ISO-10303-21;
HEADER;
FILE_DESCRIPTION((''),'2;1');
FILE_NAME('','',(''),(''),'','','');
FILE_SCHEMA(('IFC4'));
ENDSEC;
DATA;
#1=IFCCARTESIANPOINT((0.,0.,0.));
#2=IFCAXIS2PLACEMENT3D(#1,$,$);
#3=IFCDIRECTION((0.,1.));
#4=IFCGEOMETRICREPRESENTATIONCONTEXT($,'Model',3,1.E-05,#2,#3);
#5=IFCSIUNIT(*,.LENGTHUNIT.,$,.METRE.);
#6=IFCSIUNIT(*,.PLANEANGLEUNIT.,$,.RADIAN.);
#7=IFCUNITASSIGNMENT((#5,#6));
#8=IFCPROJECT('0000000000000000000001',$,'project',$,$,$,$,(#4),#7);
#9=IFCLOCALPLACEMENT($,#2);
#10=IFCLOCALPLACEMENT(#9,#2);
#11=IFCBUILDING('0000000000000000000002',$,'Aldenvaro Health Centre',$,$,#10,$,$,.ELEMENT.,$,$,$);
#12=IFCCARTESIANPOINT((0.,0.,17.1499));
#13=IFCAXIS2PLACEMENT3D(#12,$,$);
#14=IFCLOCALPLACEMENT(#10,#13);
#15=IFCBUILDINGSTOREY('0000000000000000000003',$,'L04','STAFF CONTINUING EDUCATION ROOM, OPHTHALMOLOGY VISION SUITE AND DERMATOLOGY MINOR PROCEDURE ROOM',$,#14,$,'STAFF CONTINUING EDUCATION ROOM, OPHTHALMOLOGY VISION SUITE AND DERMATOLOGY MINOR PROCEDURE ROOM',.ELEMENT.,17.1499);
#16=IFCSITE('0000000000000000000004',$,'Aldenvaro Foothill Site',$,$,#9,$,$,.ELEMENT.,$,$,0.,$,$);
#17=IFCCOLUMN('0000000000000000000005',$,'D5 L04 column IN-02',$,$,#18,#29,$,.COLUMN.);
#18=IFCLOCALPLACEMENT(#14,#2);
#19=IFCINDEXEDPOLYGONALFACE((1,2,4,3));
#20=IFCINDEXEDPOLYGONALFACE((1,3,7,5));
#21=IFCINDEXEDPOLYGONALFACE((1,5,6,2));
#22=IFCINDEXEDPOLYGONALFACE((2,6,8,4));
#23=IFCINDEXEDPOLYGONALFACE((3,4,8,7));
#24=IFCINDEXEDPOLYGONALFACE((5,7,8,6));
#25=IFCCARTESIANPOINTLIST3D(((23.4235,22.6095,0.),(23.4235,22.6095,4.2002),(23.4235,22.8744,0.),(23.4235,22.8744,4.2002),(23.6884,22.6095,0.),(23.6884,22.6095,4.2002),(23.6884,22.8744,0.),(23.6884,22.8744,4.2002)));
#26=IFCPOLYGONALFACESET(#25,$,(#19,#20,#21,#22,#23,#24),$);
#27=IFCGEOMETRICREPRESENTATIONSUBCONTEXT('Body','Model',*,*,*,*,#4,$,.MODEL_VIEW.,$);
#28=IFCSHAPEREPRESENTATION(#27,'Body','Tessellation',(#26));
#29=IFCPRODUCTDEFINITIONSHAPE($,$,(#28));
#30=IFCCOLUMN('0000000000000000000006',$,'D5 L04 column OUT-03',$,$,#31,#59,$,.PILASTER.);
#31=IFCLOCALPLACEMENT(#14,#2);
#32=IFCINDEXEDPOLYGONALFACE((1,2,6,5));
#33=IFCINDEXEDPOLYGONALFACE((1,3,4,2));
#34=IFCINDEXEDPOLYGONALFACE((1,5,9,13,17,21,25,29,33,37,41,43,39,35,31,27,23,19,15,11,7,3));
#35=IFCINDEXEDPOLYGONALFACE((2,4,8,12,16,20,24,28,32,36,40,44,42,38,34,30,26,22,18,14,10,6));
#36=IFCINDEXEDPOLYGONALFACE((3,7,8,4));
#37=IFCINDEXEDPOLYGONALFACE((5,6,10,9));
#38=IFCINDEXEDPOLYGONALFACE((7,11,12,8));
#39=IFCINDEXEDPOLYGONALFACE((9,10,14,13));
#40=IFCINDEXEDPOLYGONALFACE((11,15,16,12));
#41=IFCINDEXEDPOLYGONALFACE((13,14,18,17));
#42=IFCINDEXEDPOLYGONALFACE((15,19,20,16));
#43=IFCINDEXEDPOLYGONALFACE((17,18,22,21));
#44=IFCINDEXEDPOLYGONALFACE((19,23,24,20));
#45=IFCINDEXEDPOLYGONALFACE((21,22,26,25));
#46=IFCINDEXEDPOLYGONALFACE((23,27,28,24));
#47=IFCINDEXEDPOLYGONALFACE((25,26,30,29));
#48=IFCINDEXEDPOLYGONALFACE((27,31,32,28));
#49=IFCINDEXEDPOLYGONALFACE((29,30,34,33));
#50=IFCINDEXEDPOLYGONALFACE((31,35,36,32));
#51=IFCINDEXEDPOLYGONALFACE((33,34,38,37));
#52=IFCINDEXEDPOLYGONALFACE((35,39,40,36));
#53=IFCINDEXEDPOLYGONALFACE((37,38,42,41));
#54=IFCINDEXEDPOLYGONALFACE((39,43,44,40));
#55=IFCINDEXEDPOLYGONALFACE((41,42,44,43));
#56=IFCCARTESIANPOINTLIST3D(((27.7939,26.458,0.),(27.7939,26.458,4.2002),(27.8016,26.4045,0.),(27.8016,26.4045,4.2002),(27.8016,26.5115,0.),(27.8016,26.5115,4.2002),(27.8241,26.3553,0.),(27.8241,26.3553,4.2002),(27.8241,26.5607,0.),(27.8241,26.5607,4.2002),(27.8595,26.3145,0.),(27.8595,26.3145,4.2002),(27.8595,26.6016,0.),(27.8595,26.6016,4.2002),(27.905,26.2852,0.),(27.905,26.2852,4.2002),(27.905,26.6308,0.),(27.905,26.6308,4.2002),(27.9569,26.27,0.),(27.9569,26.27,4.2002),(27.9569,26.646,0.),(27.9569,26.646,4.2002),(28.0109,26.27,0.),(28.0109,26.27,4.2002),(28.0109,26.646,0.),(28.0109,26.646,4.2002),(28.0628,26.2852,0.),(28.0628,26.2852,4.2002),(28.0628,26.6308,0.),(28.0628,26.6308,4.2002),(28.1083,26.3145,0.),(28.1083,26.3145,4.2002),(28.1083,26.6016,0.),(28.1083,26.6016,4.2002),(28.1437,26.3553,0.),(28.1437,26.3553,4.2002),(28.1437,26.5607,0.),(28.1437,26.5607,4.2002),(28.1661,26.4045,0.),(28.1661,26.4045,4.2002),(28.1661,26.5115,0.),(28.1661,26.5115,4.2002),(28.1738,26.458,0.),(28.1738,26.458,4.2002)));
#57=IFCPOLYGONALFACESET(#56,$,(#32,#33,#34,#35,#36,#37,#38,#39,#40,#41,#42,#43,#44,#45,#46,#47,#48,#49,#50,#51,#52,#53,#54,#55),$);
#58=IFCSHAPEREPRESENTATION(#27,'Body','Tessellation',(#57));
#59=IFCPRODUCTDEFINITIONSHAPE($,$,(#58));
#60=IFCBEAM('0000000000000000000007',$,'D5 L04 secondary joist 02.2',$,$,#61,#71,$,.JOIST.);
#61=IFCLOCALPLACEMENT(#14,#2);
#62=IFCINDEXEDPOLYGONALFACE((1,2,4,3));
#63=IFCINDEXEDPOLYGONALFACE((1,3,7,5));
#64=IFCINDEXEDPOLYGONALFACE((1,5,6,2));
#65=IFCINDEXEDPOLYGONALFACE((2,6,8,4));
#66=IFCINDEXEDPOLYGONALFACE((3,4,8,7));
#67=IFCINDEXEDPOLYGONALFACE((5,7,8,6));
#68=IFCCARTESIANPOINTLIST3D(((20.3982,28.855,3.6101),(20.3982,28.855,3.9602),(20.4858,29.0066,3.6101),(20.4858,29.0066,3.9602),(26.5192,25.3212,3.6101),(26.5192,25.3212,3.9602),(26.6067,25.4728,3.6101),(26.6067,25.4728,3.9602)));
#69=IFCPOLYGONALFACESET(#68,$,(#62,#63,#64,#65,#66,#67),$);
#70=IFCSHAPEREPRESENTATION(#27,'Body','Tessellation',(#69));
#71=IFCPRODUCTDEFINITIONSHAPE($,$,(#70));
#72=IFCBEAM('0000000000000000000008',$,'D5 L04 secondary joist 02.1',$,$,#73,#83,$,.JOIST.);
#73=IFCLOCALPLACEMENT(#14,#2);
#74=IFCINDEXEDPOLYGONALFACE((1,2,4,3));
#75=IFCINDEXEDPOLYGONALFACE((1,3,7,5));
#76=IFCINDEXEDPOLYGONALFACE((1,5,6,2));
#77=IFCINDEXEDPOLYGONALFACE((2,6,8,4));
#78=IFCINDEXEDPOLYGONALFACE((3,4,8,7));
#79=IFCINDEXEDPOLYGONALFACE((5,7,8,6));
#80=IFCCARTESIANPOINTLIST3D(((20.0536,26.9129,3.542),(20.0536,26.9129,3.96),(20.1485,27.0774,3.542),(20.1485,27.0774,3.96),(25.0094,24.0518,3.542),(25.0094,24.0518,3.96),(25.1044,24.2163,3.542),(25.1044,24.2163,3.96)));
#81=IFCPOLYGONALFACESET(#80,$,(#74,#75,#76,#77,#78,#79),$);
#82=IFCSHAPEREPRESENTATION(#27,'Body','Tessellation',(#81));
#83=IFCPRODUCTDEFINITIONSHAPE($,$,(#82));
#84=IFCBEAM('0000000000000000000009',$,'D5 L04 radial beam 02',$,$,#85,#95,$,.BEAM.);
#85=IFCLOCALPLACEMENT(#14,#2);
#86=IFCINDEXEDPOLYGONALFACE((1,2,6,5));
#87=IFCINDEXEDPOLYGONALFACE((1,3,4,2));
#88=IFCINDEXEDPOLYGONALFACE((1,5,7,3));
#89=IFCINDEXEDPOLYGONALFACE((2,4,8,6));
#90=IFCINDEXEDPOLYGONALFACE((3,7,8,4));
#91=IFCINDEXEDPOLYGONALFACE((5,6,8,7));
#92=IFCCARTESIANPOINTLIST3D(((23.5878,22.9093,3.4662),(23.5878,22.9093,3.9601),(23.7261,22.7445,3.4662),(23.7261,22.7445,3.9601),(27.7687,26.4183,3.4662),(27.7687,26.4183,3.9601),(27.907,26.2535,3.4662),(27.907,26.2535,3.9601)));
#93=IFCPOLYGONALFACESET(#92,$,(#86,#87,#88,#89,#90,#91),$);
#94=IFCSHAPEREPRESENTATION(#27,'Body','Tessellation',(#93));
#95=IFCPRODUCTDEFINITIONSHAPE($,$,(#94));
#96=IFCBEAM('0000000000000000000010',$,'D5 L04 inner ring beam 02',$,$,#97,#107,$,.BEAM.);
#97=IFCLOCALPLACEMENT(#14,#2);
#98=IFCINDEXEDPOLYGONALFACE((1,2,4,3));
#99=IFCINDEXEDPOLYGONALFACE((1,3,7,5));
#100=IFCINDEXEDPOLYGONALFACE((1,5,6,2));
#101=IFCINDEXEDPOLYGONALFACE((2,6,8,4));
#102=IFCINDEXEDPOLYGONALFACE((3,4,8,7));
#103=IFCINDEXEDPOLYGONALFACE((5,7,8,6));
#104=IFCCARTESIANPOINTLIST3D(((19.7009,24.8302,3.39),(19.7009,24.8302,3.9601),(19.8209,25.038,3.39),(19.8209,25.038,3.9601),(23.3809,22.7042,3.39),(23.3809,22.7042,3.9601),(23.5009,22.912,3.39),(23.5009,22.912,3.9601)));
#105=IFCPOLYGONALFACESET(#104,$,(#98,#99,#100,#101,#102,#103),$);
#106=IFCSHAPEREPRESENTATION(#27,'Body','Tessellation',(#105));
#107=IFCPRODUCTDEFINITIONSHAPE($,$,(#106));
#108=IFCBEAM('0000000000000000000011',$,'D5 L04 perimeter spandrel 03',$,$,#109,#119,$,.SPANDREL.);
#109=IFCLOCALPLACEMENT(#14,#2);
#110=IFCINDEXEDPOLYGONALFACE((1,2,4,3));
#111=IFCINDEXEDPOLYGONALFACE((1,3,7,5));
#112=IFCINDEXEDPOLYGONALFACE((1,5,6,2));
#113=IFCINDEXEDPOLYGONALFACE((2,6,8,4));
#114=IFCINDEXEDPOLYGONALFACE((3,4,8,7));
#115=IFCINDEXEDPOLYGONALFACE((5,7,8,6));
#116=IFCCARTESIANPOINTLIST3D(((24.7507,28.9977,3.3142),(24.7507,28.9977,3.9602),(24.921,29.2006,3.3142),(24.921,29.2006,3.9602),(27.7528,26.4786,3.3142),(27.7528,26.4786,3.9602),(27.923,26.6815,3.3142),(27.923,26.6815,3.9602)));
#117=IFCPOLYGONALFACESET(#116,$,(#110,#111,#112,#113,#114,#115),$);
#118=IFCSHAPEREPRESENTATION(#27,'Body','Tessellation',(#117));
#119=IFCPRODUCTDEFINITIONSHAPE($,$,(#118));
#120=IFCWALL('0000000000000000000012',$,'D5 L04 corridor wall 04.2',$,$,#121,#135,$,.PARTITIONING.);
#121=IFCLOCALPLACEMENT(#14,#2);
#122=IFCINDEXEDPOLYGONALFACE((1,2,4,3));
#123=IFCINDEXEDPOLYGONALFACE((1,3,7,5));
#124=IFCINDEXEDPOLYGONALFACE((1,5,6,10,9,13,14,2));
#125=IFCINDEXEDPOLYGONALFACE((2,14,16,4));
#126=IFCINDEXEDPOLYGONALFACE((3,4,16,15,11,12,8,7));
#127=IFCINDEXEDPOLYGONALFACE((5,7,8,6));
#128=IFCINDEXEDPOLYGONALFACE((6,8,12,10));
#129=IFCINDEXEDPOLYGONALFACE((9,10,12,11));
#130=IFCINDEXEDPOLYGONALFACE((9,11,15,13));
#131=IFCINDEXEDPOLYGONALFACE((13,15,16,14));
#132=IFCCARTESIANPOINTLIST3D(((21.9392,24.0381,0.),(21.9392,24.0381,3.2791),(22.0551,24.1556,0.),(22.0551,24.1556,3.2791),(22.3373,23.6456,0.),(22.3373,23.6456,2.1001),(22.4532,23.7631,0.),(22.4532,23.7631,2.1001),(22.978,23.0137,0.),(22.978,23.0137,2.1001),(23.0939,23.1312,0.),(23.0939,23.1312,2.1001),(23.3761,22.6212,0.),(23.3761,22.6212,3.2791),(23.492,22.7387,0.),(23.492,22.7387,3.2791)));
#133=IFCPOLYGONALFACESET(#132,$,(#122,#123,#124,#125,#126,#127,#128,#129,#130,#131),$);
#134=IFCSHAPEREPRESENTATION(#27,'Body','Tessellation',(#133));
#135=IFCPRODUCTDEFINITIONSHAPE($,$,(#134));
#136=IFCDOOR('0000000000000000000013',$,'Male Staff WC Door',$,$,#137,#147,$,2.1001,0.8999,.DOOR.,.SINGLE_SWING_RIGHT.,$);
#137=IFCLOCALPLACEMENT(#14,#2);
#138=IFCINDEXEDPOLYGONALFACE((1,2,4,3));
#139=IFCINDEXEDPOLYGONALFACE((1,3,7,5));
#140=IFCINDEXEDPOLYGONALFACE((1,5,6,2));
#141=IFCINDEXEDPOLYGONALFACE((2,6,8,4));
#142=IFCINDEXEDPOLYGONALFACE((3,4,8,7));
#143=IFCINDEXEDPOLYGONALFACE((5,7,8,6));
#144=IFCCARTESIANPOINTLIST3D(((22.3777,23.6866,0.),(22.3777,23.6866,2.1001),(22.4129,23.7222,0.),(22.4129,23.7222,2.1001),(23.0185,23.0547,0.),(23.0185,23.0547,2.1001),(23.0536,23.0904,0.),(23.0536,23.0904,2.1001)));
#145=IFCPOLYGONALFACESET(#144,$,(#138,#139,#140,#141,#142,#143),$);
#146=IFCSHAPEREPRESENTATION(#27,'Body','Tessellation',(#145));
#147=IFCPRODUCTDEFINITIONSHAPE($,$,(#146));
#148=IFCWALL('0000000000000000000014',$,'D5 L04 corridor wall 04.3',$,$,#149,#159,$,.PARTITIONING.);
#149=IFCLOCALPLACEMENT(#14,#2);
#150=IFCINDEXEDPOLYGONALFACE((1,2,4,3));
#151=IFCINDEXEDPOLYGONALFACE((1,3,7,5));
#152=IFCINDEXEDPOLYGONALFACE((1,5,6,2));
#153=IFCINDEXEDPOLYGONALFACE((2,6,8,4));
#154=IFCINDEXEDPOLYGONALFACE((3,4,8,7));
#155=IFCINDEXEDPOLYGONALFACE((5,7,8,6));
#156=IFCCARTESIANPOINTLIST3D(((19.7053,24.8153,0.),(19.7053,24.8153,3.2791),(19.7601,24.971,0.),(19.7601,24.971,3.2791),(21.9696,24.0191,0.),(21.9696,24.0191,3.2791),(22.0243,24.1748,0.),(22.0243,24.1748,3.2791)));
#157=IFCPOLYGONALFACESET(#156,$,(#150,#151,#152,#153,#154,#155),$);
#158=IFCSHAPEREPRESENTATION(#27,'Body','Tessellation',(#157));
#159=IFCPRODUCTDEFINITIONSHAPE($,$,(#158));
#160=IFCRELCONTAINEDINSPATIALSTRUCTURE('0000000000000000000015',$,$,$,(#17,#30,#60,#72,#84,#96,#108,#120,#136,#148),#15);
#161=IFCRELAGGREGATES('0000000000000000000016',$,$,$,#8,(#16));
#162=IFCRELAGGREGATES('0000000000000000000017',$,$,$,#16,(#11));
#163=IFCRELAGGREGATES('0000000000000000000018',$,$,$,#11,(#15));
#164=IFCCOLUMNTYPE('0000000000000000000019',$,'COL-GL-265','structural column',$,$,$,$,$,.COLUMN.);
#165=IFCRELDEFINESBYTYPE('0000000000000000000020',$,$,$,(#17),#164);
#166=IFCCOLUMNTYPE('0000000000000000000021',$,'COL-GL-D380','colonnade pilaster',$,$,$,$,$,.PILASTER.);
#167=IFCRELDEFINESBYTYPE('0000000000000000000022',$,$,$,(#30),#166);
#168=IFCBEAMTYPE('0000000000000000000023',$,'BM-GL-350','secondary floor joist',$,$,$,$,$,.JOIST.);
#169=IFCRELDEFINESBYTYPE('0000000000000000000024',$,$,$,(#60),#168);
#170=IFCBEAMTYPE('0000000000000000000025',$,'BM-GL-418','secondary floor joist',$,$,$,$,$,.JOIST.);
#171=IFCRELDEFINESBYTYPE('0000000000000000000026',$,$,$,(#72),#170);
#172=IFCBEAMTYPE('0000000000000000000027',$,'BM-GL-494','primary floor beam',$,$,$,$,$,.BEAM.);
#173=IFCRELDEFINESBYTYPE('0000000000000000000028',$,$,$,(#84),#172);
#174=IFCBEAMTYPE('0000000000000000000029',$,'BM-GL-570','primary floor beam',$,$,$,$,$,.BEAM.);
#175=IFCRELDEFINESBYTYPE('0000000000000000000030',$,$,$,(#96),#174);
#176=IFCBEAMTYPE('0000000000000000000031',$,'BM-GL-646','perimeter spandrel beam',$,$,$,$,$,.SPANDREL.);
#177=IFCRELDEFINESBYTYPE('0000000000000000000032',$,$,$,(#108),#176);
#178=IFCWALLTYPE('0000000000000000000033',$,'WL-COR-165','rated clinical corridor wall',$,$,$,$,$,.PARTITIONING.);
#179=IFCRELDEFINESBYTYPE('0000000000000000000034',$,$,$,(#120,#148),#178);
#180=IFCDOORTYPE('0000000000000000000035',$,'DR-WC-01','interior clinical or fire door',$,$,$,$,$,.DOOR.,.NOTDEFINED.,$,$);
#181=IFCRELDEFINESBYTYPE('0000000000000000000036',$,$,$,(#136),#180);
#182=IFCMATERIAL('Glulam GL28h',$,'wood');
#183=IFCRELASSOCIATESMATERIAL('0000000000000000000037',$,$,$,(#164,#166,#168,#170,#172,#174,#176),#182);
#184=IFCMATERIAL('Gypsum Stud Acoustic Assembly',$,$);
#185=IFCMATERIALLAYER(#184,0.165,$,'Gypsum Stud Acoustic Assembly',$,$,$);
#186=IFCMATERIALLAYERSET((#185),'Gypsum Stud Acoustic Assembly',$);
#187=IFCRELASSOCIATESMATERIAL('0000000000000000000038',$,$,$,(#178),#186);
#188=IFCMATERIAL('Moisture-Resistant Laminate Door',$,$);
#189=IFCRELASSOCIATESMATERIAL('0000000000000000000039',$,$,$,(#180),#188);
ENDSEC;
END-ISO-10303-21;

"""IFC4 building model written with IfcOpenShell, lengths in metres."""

from ifc_helpers import new_model, si_unit, direction, frame, frame_2d, origin, origin_2d, place, context, subcontext, project, spatial, rectangle, circle, extrude, material, layer, layer_set, material_profile, profile_set, type_object, element, fill, save


model = new_model("IFC4")

# Units and contexts
model_context = context("Model", 3, precision=1e-05, world=origin(), true_north=direction((0.0, 1.0)))
body_context = subcontext(model_context, "Body", "Model", "MODEL_VIEW")
ifc_project = project(units=[si_unit("LENGTHUNIT", "METRE"), si_unit("PLANEANGLEUNIT", "RADIAN")], contexts=[model_context])

# Site, building, storey
site_placement = place(None, origin())
site = spatial("IfcSite", under=ifc_project, at=site_placement, Name="Aldenvaro Foothill Site", CompositionType="ELEMENT", RefElevation=0.0)
building_placement = place(site_placement, origin())
building = spatial("IfcBuilding", under=site, at=building_placement, Name="Aldenvaro Health Centre", CompositionType="ELEMENT")
storey_placement = place(building_placement, frame((0.0, 0.0, 17.1499)))
storey = spatial("IfcBuildingStorey", under=building, at=storey_placement, Name="L04", Description="STAFF CONTINUING EDUCATION ROOM, OPHTHALMOLOGY VISION SUITE AND DERMATOLOGY MINOR PROCEDURE ROOM", LongName="STAFF CONTINUING EDUCATION ROOM, OPHTHALMOLOGY VISION SUITE AND DERMATOLOGY MINOR PROCEDURE ROOM", CompositionType="ELEMENT", Elevation=17.1499)

# Columns
ifc_material_1 = material(Name="Glulam GL28h", Category="wood")
ifc_material_profile_1 = material_profile(ifc_material_1, rectangle(XDim=0.2649, YDim=0.2649, at=origin_2d()), Name="GL 265x265", Category="wood")
ifc_profile_set_1 = profile_set([ifc_material_profile_1], Name="Glulam GL28h")
column_type_1 = type_object("IfcColumnType", Name="COL-GL-265", Description="structural column", PredefinedType="COLUMN", material=ifc_profile_set_1)
column_1_placement = place(storey_placement, frame((23.5559, 22.7419, 0.0), z_axis=(0.0, 0.0, 1.0), x_axis=(1.0, 0.0, 0.0)))
element("IfcColumn", 1, at=column_1_placement, inside=storey, type_object=column_type_1, Name="D5 L04 column IN-02", PredefinedType="COLUMN", context=body_context, shape_type="SweptSolid", body=[
    extrude(rectangle(XDim=0.2649, YDim=0.2649, at=origin_2d()), origin(), (0.0, 0.0, 1.0), 4.2002),
])
ifc_material_profile_2 = material_profile(ifc_material_1, circle(Radius=0.1899, at=origin_2d()), Name="GL D380", Category="wood")
ifc_profile_set_2 = profile_set([ifc_material_profile_2], Name="Glulam GL28h")
column_type_2 = type_object("IfcColumnType", Name="COL-GL-D380", Description="colonnade pilaster", PredefinedType="PILASTER", material=ifc_profile_set_2)
column_2_placement = place(storey_placement, frame((27.9839, 26.458, 0.0), z_axis=(0.0, 0.0, 1.0), x_axis=(1.0, 0.0, 0.0)))
element("IfcColumn", 2, at=column_2_placement, inside=storey, type_object=column_type_2, Name="D5 L04 column OUT-03", PredefinedType="PILASTER", context=body_context, shape_type="SweptSolid", body=[
    extrude(circle(Radius=0.1899, at=origin_2d()), origin(), (0.0, 0.0, 1.0), 4.2002),
])

# Beams
ifc_material_profile_3 = material_profile(ifc_material_1, rectangle(XDim=0.175, YDim=0.3501, at=origin_2d()), Name="GL 175x350", Category="wood")
ifc_profile_set_3 = profile_set([ifc_material_profile_3], Name="Glulam GL28h")
beam_type_1 = type_object("IfcBeamType", Name="BM-GL-350", Description="secondary floor joist", PredefinedType="JOIST", material=ifc_profile_set_3)
beam_1_placement = place(storey_placement, frame((26.563, 25.397, 3.7852), z_axis=(-0.86603, 0.499992, 0.0), x_axis=(-0.499992, -0.86603, 0.0)))
element("IfcBeam", 3, at=beam_1_placement, inside=storey, type_object=beam_type_1, Name="D5 L04 secondary joist 02.2", PredefinedType="JOIST", context=body_context, shape_type="SweptSolid", body=[
    extrude(rectangle(XDim=0.175, YDim=0.3501, at=origin_2d()), origin(), (0.0, 0.0, 1.0), 7.0679),
])
ifc_material_profile_4 = material_profile(ifc_material_1, rectangle(XDim=0.1899, YDim=0.418, at=origin_2d()), Name="GL 190x418", Category="wood")
ifc_profile_set_4 = profile_set([ifc_material_profile_4], Name="Glulam GL28h")
beam_type_2 = type_object("IfcBeamType", Name="BM-GL-418", Description="secondary floor joist", PredefinedType="JOIST", material=ifc_profile_set_4)
beam_2_placement = place(storey_placement, frame((25.0569, 24.134, 3.751), z_axis=(-0.866037, 0.49998, 0.0), x_axis=(-0.49998, -0.866037, 0.0)))
element("IfcBeam", 4, at=beam_2_placement, inside=storey, type_object=beam_type_2, Name="D5 L04 secondary joist 02.1", PredefinedType="JOIST", context=body_context, shape_type="SweptSolid", body=[
    extrude(rectangle(XDim=0.1899, YDim=0.418, at=origin_2d()), origin(), (0.0, 0.0, 1.0), 5.7224),
])
ifc_material_profile_5 = material_profile(ifc_material_1, rectangle(XDim=0.2151, YDim=0.4939, at=origin_2d()), Name="GL 215x494", Category="wood")
ifc_profile_set_5 = profile_set([ifc_material_profile_5], Name="Glulam GL28h")
beam_type_3 = type_object("IfcBeamType", Name="BM-GL-494", Description="primary floor beam", PredefinedType="BEAM", material=ifc_profile_set_5)
beam_3_placement = place(storey_placement, frame((23.657, 22.8269, 3.7131), z_axis=(0.765969, 0.642877, 0.0), x_axis=(-0.642877, 0.765969, 0.0)))
element("IfcBeam", 5, at=beam_3_placement, inside=storey, type_object=beam_type_3, Name="D5 L04 radial beam 02", PredefinedType="BEAM", context=body_context, shape_type="SweptSolid", body=[
    extrude(rectangle(XDim=0.2151, YDim=0.4939, at=origin_2d()), origin(), (0.0, 0.0, 1.0), 5.4583),
])
ifc_material_profile_6 = material_profile(ifc_material_1, rectangle(XDim=0.24, YDim=0.5701, at=origin_2d()), Name="GL 240x570", Category="wood")
ifc_profile_set_6 = profile_set([ifc_material_profile_6], Name="Glulam GL28h")
beam_type_4 = type_object("IfcBeamType", Name="BM-GL-570", Description="primary floor beam", PredefinedType="BEAM", material=ifc_profile_set_6)
beam_4_placement = place(storey_placement, frame((23.4409, 22.8081, 3.675), z_axis=(-0.865886, 0.500241, 0.0), x_axis=(-0.500241, -0.865886, 0.0)))
element("IfcBeam", 6, at=beam_4_placement, inside=storey, type_object=beam_type_4, Name="D5 L04 inner ring beam 02", PredefinedType="BEAM", context=body_context, shape_type="SweptSolid", body=[
    extrude(rectangle(XDim=0.24, YDim=0.5701, at=origin_2d()), origin(), (0.0, 0.0, 1.0), 4.25),
])
ifc_material_profile_7 = material_profile(ifc_material_1, rectangle(XDim=0.2649, YDim=0.646, at=origin_2d()), Name="GL 265x646", Category="wood")
ifc_profile_set_7 = profile_set([ifc_material_profile_7], Name="Glulam GL28h")
beam_type_5 = type_object("IfcBeamType", Name="BM-GL-646", Description="perimeter spandrel beam", PredefinedType="SPANDREL", material=ifc_profile_set_7)
beam_5_placement = place(storey_placement, frame((27.8379, 26.5801, 3.6372), z_axis=(-0.766031, 0.642803, 0.0), x_axis=(-0.642803, -0.766031, 0.0)))
element("IfcBeam", 7, at=beam_5_placement, inside=storey, type_object=beam_type_5, Name="D5 L04 perimeter spandrel 03", PredefinedType="SPANDREL", context=body_context, shape_type="SweptSolid", body=[
    extrude(rectangle(XDim=0.2649, YDim=0.646, at=origin_2d()), origin(), (0.0, 0.0, 1.0), 3.9189),
])

# Wall, opening, door
ifc_material_2 = material(Name="Gypsum Stud Acoustic Assembly")
ifc_layer_1 = layer(ifc_material_2, 0.165, Name="Gypsum Stud Acoustic Assembly")
ifc_layer_set_1 = layer_set([ifc_layer_1], Name="Gypsum Stud Acoustic Assembly")
wall_type_1 = type_object("IfcWallType", Name="WL-COR-165", Description="rated clinical corridor wall", PredefinedType="PARTITIONING", material=ifc_layer_set_1)
wall_1_placement = place(storey_placement, frame((23.4341, 22.6799, 0.0), z_axis=(0.0, 0.0, 1.0), x_axis=(-0.712049, 0.702129, 0.0)))
wall_1 = element("IfcWall", 8, at=wall_1_placement, inside=storey, type_object=wall_type_1, Name="D5 L04 corridor wall 04.2", PredefinedType="PARTITIONING", context=body_context, shape_type="SweptSolid", body=[
    extrude(rectangle(XDim=2.0181, YDim=0.165, at=frame_2d((1.009, 0.0))), origin(), (0.0, 0.0, 1.0), 3.2791),
])
opening_1_placement = place(wall_1_placement, frame((0.5591, 0.0, 0.0)))
opening_1 = element("IfcOpeningElement", 9, at=opening_1_placement, cuts=wall_1, PredefinedType="OPENING", context=body_context, shape_type="SweptSolid", body=[
    extrude(rectangle(XDim=0.8999, YDim=2.1001, at=frame_2d((0.45, 1.05))), frame((0.0, 0.0925, 0.0), z_axis=(0.0, -1.0, 0.0), x_axis=(1.0, 0.0, 0.0)), (0.0, 0.0, 1.0), 0.1851),
])
ifc_material_3 = material(Name="Moisture-Resistant Laminate Door")
door_type = type_object("IfcDoorType", Name="DR-WC-01", Description="interior clinical or fire door", OperationType="NOTDEFINED", PredefinedType="DOOR", material=ifc_material_3)
door_placement = place(opening_1_placement, origin())
door = element("IfcDoor", 10, at=door_placement, inside=storey, type_object=door_type, Name="Male Staff WC Door", OperationType="SINGLE_SWING_RIGHT", OverallHeight=2.1001, OverallWidth=0.8999, PredefinedType="DOOR", context=body_context, shape_type="SweptSolid", body=[
    extrude(rectangle(XDim=0.8999, YDim=2.1001, at=frame_2d((0.45, 1.05))), frame((0.0, 0.0249, 0.0), z_axis=(0.0, -1.0, 0.0), x_axis=(1.0, 0.0, 0.0)), (0.0, 0.0, 1.0), 0.05),
])
fill(opening_1, door)

# Wall
wall_2_placement = place(storey_placement, frame((21.9971, 24.0969, 0.0), z_axis=(0.0, 0.0, 1.0), x_axis=(-0.943378, 0.331718, 0.0)))
element("IfcWall", 11, at=wall_2_placement, inside=storey, type_object=wall_type_1, Name="D5 L04 corridor wall 04.3", PredefinedType="PARTITIONING", context=body_context, shape_type="SweptSolid", body=[
    extrude(rectangle(XDim=2.4001, YDim=0.165, at=frame_2d((1.2002, 0.0))), origin(), (0.0, 0.0, 1.0), 3.2791),
])

save(model, "model.ifc")
